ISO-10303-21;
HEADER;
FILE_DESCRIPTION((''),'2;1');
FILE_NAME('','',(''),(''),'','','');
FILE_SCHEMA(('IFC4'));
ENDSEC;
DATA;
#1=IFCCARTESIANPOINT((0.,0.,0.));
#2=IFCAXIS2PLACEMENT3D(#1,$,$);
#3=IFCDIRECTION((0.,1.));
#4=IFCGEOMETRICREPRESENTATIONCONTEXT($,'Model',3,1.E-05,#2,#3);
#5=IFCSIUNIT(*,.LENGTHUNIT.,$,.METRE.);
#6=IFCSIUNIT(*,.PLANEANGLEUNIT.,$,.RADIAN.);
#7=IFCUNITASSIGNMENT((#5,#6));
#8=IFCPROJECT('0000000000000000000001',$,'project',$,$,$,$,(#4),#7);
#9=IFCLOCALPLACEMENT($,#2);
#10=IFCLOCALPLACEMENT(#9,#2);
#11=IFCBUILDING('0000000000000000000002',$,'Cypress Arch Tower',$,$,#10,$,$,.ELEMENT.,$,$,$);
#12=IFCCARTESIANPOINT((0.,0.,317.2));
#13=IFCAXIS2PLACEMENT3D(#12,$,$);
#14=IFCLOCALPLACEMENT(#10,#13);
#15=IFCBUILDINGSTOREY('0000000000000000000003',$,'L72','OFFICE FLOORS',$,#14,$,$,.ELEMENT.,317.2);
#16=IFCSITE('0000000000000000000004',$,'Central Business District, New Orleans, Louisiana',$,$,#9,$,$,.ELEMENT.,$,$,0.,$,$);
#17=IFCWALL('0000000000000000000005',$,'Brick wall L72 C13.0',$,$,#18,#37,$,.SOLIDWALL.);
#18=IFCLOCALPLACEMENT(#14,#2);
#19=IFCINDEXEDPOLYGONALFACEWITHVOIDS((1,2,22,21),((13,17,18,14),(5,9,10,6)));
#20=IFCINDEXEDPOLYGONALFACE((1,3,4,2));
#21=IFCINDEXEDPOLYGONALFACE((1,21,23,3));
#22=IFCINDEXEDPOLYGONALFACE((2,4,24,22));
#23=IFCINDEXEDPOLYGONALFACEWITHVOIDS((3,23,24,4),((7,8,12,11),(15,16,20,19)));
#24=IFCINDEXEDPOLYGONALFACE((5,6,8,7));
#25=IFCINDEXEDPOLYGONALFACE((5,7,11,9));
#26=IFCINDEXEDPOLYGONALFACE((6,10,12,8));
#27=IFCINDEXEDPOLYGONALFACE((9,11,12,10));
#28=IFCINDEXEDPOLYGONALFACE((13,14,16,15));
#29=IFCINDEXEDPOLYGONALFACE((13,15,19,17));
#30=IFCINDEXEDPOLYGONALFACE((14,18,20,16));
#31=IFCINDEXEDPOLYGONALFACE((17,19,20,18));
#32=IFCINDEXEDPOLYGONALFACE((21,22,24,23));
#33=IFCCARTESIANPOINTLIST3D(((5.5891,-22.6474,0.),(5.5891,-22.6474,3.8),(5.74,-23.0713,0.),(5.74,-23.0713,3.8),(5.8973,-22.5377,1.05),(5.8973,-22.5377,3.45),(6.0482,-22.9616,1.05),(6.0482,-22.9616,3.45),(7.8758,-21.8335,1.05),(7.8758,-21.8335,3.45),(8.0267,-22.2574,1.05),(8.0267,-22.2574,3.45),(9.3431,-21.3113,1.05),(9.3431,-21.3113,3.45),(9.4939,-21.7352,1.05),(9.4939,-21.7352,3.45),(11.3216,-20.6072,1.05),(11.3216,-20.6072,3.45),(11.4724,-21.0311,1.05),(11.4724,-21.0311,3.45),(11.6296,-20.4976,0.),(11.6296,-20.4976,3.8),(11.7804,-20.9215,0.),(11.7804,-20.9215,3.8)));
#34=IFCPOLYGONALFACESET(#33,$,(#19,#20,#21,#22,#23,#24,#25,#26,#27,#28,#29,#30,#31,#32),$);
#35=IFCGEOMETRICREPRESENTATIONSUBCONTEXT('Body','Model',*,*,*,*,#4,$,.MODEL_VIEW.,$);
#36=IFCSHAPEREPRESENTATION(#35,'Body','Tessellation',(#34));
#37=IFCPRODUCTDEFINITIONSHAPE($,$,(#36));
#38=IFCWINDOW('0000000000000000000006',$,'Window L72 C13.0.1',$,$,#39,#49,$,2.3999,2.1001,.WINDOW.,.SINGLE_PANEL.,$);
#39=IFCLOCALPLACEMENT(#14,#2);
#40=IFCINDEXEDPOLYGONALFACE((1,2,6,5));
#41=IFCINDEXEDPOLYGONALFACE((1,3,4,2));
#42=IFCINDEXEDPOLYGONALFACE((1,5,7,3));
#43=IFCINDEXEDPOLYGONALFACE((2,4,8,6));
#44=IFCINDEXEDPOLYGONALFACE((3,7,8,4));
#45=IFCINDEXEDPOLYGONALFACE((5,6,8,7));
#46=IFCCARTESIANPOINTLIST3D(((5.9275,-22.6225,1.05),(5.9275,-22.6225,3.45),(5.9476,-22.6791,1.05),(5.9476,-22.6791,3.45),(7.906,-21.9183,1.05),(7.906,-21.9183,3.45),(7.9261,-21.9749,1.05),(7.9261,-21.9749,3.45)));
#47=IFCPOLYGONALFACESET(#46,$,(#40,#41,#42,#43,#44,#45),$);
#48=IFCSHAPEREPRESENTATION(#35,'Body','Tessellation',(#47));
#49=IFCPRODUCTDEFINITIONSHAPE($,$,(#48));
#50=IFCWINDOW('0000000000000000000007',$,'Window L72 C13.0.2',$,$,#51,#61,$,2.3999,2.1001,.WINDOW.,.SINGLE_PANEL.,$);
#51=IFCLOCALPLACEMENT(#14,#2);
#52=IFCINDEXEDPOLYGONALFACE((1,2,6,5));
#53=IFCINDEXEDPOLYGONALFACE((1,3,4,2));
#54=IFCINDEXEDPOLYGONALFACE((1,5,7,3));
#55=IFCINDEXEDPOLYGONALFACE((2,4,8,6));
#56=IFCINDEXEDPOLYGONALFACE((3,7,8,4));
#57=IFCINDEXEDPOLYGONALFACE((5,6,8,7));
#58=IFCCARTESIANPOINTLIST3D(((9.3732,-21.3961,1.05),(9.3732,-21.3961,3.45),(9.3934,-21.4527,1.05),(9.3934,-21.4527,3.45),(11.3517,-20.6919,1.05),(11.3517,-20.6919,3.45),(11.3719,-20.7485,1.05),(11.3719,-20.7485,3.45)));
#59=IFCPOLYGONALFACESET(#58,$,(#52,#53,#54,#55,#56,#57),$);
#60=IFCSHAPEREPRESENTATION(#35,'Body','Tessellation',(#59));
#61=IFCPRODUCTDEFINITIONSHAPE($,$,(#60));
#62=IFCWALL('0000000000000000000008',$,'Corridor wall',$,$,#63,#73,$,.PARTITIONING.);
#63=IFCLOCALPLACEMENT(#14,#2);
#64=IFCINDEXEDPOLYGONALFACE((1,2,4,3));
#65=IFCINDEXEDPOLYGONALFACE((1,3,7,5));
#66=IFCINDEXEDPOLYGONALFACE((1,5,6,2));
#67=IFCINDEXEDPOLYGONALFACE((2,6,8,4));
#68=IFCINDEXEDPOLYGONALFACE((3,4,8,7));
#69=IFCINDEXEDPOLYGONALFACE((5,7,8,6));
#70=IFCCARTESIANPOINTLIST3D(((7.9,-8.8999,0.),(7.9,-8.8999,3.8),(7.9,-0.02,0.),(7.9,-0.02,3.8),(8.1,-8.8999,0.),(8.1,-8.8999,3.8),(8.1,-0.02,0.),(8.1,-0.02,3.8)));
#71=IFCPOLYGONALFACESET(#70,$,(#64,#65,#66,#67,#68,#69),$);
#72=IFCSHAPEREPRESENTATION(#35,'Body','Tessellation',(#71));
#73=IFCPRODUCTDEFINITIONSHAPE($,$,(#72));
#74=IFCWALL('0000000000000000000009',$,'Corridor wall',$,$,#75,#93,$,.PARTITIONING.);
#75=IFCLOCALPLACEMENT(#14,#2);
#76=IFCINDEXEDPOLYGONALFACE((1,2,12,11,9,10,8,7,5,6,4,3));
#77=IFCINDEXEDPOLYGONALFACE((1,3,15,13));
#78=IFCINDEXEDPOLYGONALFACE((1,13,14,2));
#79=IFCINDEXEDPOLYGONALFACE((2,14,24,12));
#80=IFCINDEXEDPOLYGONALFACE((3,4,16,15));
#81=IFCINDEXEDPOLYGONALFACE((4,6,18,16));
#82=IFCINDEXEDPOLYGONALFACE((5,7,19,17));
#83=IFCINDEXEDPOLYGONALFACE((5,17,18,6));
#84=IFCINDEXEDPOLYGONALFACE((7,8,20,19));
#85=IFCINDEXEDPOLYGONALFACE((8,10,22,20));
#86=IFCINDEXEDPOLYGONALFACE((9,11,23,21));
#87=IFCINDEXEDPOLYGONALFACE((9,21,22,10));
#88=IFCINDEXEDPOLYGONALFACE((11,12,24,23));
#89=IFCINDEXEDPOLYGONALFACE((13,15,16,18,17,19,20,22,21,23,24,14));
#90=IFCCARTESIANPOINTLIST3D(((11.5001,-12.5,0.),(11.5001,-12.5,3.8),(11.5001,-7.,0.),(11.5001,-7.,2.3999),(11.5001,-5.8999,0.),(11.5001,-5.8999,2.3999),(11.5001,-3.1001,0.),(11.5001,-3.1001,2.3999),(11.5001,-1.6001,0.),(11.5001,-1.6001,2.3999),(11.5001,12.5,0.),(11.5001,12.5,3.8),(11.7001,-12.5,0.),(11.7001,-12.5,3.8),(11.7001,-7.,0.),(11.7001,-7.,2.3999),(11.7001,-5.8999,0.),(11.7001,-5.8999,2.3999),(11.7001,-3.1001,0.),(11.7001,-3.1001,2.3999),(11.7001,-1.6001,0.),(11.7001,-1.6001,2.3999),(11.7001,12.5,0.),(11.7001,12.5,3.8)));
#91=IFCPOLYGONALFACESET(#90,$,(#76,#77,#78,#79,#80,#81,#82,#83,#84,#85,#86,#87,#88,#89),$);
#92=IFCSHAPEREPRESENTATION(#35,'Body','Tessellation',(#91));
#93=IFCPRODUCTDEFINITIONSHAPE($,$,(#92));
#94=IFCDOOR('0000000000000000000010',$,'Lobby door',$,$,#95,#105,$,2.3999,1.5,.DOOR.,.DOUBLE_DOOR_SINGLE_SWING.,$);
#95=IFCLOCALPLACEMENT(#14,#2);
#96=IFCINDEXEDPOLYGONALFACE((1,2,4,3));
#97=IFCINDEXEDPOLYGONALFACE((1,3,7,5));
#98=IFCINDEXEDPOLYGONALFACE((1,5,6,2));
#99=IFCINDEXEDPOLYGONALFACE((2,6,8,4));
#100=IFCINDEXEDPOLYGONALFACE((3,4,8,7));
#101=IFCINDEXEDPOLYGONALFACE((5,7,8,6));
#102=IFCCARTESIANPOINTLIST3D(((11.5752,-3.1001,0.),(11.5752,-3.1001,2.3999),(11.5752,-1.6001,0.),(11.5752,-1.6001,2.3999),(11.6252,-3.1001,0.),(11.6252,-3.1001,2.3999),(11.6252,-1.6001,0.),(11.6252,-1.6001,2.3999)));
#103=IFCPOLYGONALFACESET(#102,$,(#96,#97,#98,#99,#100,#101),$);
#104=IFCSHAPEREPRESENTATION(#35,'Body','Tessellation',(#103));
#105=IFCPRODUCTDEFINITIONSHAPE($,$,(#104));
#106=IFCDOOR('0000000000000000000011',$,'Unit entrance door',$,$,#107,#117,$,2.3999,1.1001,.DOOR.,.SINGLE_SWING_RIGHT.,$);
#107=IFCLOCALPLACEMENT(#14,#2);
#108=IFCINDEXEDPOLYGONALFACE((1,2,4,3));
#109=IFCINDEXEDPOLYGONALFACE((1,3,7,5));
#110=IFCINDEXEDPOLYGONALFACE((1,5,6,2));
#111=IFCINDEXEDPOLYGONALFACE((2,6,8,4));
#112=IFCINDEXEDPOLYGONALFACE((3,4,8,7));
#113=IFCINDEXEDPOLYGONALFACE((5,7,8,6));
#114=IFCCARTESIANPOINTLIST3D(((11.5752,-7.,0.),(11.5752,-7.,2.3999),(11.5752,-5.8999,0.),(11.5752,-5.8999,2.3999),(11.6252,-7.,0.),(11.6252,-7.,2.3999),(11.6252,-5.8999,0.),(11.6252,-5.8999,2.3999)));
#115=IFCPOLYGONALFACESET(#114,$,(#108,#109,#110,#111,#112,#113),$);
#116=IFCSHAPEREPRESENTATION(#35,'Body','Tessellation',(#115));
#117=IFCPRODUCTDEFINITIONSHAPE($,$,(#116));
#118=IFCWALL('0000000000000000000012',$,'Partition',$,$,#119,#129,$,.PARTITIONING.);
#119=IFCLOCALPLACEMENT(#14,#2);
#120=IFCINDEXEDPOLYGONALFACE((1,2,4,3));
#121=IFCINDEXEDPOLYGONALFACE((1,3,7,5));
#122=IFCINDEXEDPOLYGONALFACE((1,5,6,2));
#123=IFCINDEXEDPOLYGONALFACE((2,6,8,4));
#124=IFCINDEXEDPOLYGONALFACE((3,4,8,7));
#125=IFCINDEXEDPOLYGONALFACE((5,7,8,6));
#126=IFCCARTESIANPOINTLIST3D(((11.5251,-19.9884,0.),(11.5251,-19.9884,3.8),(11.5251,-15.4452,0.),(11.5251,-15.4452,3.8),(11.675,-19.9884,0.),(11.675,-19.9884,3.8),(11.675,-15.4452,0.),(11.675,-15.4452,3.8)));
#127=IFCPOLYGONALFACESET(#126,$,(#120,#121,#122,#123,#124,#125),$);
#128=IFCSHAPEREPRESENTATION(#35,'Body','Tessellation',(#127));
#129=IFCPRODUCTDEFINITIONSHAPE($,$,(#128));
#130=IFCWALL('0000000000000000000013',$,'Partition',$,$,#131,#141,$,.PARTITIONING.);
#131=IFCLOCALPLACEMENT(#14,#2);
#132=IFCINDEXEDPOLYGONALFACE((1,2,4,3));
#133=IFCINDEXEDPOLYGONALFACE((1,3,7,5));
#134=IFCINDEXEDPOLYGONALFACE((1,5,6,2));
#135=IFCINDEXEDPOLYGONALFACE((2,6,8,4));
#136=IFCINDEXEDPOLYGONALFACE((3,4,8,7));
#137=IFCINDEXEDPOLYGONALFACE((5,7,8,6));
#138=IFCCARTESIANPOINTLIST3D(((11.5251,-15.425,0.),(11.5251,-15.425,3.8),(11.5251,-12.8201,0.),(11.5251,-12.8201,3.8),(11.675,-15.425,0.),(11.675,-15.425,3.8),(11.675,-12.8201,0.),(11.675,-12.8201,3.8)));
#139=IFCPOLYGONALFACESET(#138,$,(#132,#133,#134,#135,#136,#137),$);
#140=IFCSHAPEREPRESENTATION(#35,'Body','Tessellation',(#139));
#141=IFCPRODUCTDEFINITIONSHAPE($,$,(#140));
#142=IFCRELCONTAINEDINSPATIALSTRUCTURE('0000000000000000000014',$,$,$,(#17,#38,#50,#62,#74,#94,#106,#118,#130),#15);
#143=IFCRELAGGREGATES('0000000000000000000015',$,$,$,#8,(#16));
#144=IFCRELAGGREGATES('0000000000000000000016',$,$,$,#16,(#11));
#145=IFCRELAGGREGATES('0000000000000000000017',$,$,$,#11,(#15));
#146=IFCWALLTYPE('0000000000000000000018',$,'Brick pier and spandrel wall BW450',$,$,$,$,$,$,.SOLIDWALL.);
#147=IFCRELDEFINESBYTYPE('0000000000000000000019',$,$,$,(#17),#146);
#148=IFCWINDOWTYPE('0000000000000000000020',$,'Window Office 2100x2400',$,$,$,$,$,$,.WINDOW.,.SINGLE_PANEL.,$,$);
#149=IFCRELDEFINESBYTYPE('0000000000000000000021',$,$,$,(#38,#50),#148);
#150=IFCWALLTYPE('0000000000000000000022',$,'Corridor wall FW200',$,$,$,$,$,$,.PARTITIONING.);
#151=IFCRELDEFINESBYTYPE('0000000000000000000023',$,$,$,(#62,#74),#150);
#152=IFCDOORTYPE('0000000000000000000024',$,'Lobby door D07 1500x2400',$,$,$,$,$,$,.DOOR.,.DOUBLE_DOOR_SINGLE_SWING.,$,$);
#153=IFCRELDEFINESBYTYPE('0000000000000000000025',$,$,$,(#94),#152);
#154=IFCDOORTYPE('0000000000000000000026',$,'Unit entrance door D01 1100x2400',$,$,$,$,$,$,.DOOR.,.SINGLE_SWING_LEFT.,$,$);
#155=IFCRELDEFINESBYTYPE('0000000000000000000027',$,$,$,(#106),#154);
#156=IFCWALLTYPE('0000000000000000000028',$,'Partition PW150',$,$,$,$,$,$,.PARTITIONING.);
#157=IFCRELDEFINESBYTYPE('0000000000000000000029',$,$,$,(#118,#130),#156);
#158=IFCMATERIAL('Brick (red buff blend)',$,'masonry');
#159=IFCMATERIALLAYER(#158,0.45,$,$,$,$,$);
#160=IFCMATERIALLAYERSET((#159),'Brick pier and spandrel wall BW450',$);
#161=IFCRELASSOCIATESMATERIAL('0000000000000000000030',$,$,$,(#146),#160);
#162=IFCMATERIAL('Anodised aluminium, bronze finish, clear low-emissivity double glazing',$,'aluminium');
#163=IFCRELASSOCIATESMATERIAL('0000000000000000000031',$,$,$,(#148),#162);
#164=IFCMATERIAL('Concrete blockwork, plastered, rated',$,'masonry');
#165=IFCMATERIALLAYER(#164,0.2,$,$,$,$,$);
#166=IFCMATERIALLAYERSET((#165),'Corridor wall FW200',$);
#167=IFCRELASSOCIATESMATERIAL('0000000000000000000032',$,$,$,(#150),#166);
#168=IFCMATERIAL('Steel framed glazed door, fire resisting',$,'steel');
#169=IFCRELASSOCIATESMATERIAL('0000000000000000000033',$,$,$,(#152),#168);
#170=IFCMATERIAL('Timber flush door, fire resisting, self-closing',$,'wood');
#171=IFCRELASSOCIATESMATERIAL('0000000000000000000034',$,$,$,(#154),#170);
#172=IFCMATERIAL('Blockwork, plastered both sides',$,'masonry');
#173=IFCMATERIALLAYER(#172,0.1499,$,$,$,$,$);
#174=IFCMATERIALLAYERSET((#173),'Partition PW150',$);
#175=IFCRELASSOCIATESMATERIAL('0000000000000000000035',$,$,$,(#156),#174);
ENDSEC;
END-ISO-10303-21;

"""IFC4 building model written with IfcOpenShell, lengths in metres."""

from ifc_helpers import new_model, si_unit, direction, frame, frame_2d, origin, place, context, subcontext, project, spatial, rectangle, extrude, material, layer, layer_set, type_object, element, fill, save


model = new_model("IFC4")

# Units and contexts
model_context = context("Model", 3, precision=1e-05, world=origin(), true_north=direction((0.0, 1.0)))
body_context = subcontext(model_context, "Body", "Model", "MODEL_VIEW")
ifc_project = project(units=[si_unit("LENGTHUNIT", "METRE"), si_unit("PLANEANGLEUNIT", "RADIAN")], contexts=[model_context])

# Site, building, storey
site_placement = place(None, origin())
site = spatial("IfcSite", under=ifc_project, at=site_placement, Name="Central Business District, New Orleans, Louisiana", CompositionType="ELEMENT", RefElevation=0.0)
building_placement = place(site_placement, origin())
building = spatial("IfcBuilding", under=site, at=building_placement, Name="Cypress Arch Tower", CompositionType="ELEMENT")
storey_placement = place(building_placement, frame((0.0, 0.0, 317.2)))
storey = spatial("IfcBuildingStorey", under=building, at=storey_placement, Name="L72", Description="OFFICE FLOORS", CompositionType="ELEMENT", Elevation=317.2)

# Wall, openings, windows
ifc_material_1 = material(Name="Brick (red buff blend)", Category="masonry")
ifc_layer_1 = layer(ifc_material_1, 0.45)
ifc_layer_set_1 = layer_set([ifc_layer_1], Name="Brick pier and spandrel wall BW450")
wall_type_1 = type_object("IfcWallType", Name="Brick pier and spandrel wall BW450", PredefinedType="SOLIDWALL", material=ifc_layer_set_1)
wall_1_placement = place(storey_placement, frame((5.6646, -22.8594, 0.0), z_axis=(0.0, 0.0, 1.0), x_axis=(0.942108, 0.335309, 0.0)))
wall_1 = element("IfcWall", 1, at=wall_1_placement, inside=storey, type_object=wall_type_1, Name="Brick wall L72 C13.0", PredefinedType="SOLIDWALL", context=body_context, shape_type="SweptSolid", body=[
    extrude(rectangle(XDim=6.4116, YDim=0.45, at=frame_2d((3.2058, 0.0))), origin(), (0.0, 0.0, 1.0), 3.8),
])
opening_1_placement = place(wall_1_placement, frame((0.3271, 0.0, 1.05)))
opening_1 = element("IfcOpeningElement", 2, at=opening_1_placement, cuts=wall_1, PredefinedType="OPENING", context=body_context, shape_type="SweptSolid", body=[
    extrude(rectangle(XDim=2.1001, YDim=2.3999, at=frame_2d((1.05, 1.2))), frame((0.0, 0.2349, 0.0), z_axis=(0.0, -1.0, 0.0), x_axis=(1.0, 0.0, 0.0)), (0.0, 0.0, 1.0), 0.47),
])
opening_2_placement = place(wall_1_placement, frame((3.9846, 0.0, 1.05)))
opening_2 = element("IfcOpeningElement", 3, at=opening_2_placement, cuts=wall_1, PredefinedType="OPENING", context=body_context, shape_type="SweptSolid", body=[
    extrude(rectangle(XDim=2.1001, YDim=2.3999, at=frame_2d((1.05, 1.2))), frame((0.0, 0.2349, 0.0), z_axis=(0.0, -1.0, 0.0), x_axis=(1.0, 0.0, 0.0)), (0.0, 0.0, 1.0), 0.47),
])
ifc_material_2 = material(Name="Anodised aluminium, bronze finish, clear low-emissivity double glazing", Category="aluminium")
window_type = type_object("IfcWindowType", Name="Window Office 2100x2400", PartitioningType="SINGLE_PANEL", PredefinedType="WINDOW", material=ifc_material_2)
window_1_placement = place(opening_1_placement, origin())
window_1 = element("IfcWindow", 4, at=window_1_placement, inside=storey, type_object=window_type, Name="Window L72 C13.0.1", OverallHeight=2.3999, OverallWidth=2.1001, PartitioningType="SINGLE_PANEL", PredefinedType="WINDOW", context=body_context, shape_type="SweptSolid", body=[
    extrude(rectangle(XDim=2.1001, YDim=2.3999, at=frame_2d((1.05, 1.2))), frame((0.0, 0.135, 0.0), z_axis=(0.0, -1.0, 0.0), x_axis=(1.0, 0.0, 0.0)), (0.0, 0.0, 1.0), 0.0601),
])
fill(opening_1, window_1)
window_2_placement = place(opening_2_placement, origin())
window_2 = element("IfcWindow", 5, at=window_2_placement, inside=storey, type_object=window_type, Name="Window L72 C13.0.2", OverallHeight=2.3999, OverallWidth=2.1001, PartitioningType="SINGLE_PANEL", PredefinedType="WINDOW", context=body_context, shape_type="SweptSolid", body=[
    extrude(rectangle(XDim=2.1001, YDim=2.3999, at=frame_2d((1.05, 1.2))), frame((0.0, 0.135, 0.0), z_axis=(0.0, -1.0, 0.0), x_axis=(1.0, 0.0, 0.0)), (0.0, 0.0, 1.0), 0.0601),
])
fill(opening_2, window_2)

# Wall
ifc_material_3 = material(Name="Concrete blockwork, plastered, rated", Category="masonry")
ifc_layer_2 = layer(ifc_material_3, 0.2)
ifc_layer_set_2 = layer_set([ifc_layer_2], Name="Corridor wall FW200")
wall_type_2 = type_object("IfcWallType", Name="Corridor wall FW200", PredefinedType="PARTITIONING", material=ifc_layer_set_2)
wall_2_placement = place(storey_placement, frame((8.0, -8.8999, 0.0), z_axis=(0.0, 0.0, 1.0), x_axis=(0.0, 1.0, 0.0)))
element("IfcWall", 6, at=wall_2_placement, inside=storey, type_object=wall_type_2, Name="Corridor wall", PredefinedType="PARTITIONING", context=body_context, shape_type="SweptSolid", body=[
    extrude(rectangle(XDim=8.8799, YDim=0.2, at=frame_2d((4.4399, 0.0))), origin(), (0.0, 0.0, 1.0), 3.8),
])

# Wall, openings, doors
wall_3_placement = place(storey_placement, frame((11.6001, -12.5, 0.0), z_axis=(0.0, 0.0, 1.0), x_axis=(0.0, 1.0, 0.0)))
wall_3 = element("IfcWall", 7, at=wall_3_placement, inside=storey, type_object=wall_type_2, Name="Corridor wall", PredefinedType="PARTITIONING", context=body_context, shape_type="SweptSolid", body=[
    extrude(rectangle(XDim=25.0, YDim=0.2, at=frame_2d((12.5, 0.0))), origin(), (0.0, 0.0, 1.0), 3.8),
])
opening_3_placement = place(wall_3_placement, frame((9.3999, 0.0, 0.0)))
opening_3 = element("IfcOpeningElement", 8, at=opening_3_placement, cuts=wall_3, PredefinedType="OPENING", context=body_context, shape_type="SweptSolid", body=[
    extrude(rectangle(XDim=1.5, YDim=2.3999, at=frame_2d((0.75, 1.2))), frame((0.0, 0.1099, 0.0), z_axis=(0.0, -1.0, 0.0), x_axis=(1.0, 0.0, 0.0)), (0.0, 0.0, 1.0), 0.22),
])
opening_4_placement = place(wall_3_placement, frame((5.5, 0.0, 0.0)))
opening_4 = element("IfcOpeningElement", 9, at=opening_4_placement, cuts=wall_3, PredefinedType="OPENING", context=body_context, shape_type="SweptSolid", body=[
    extrude(rectangle(XDim=1.1001, YDim=2.3999, at=frame_2d((0.55, 1.2))), frame((0.0, 0.1099, 0.0), z_axis=(0.0, -1.0, 0.0), x_axis=(1.0, 0.0, 0.0)), (0.0, 0.0, 1.0), 0.22),
])
ifc_material_4 = material(Name="Steel framed glazed door, fire resisting", Category="steel")
door_type_1 = type_object("IfcDoorType", Name="Lobby door D07 1500x2400", OperationType="DOUBLE_DOOR_SINGLE_SWING", PredefinedType="DOOR", material=ifc_material_4)
door_1_placement = place(opening_3_placement, origin())
door_1 = element("IfcDoor", 10, at=door_1_placement, inside=storey, type_object=door_type_1, Name="Lobby door", OperationType="DOUBLE_DOOR_SINGLE_SWING", OverallHeight=2.3999, OverallWidth=1.5, PredefinedType="DOOR", context=body_context, shape_type="SweptSolid", body=[
    extrude(rectangle(XDim=1.5, YDim=2.3999, at=frame_2d((0.75, 1.2))), frame((0.0, 0.0249, 0.0), z_axis=(0.0, -1.0, 0.0), x_axis=(1.0, 0.0, 0.0)), (0.0, 0.0, 1.0), 0.05),
])
fill(opening_3, door_1)
ifc_material_5 = material(Name="Timber flush door, fire resisting, self-closing", Category="wood")
door_type_2 = type_object("IfcDoorType", Name="Unit entrance door D01 1100x2400", OperationType="SINGLE_SWING_LEFT", PredefinedType="DOOR", material=ifc_material_5)
door_2_placement = place(opening_4_placement, origin())
door_2 = element("IfcDoor", 11, at=door_2_placement, inside=storey, type_object=door_type_2, Name="Unit entrance door", OperationType="SINGLE_SWING_RIGHT", OverallHeight=2.3999, OverallWidth=1.1001, PredefinedType="DOOR", context=body_context, shape_type="SweptSolid", body=[
    extrude(rectangle(XDim=1.1001, YDim=2.3999, at=frame_2d((0.55, 1.2))), frame((0.0, 0.0249, 0.0), z_axis=(0.0, -1.0, 0.0), x_axis=(1.0, 0.0, 0.0)), (0.0, 0.0, 1.0), 0.05),
])
fill(opening_4, door_2)

# Walls
ifc_material_6 = material(Name="Blockwork, plastered both sides", Category="masonry")
ifc_layer_3 = layer(ifc_material_6, 0.1499)
ifc_layer_set_3 = layer_set([ifc_layer_3], Name="Partition PW150")
wall_type_3 = type_object("IfcWallType", Name="Partition PW150", PredefinedType="PARTITIONING", material=ifc_layer_set_3)
wall_4_placement = place(storey_placement, frame((11.6001, -19.9883, 0.0), z_axis=(0.0, 0.0, 1.0), x_axis=(0.0, 1.0, 0.0)))
element("IfcWall", 12, at=wall_4_placement, inside=storey, type_object=wall_type_3, Name="Partition", PredefinedType="PARTITIONING", context=body_context, shape_type="SweptSolid", body=[
    extrude(rectangle(XDim=4.5432, YDim=0.1499, at=frame_2d((2.2715, 0.0))), origin(), (0.0, 0.0, 1.0), 3.8),
])
wall_5_placement = place(storey_placement, frame((11.6001, -15.425, 0.0), z_axis=(0.0, 0.0, 1.0), x_axis=(0.0, 1.0, 0.0)))
element("IfcWall", 13, at=wall_5_placement, inside=storey, type_object=wall_type_3, Name="Partition", PredefinedType="PARTITIONING", context=body_context, shape_type="SweptSolid", body=[
    extrude(rectangle(XDim=2.605, YDim=0.1499, at=frame_2d((1.3025, 0.0))), origin(), (0.0, 0.0, 1.0), 3.8),
])

save(model, "model.ifc")
